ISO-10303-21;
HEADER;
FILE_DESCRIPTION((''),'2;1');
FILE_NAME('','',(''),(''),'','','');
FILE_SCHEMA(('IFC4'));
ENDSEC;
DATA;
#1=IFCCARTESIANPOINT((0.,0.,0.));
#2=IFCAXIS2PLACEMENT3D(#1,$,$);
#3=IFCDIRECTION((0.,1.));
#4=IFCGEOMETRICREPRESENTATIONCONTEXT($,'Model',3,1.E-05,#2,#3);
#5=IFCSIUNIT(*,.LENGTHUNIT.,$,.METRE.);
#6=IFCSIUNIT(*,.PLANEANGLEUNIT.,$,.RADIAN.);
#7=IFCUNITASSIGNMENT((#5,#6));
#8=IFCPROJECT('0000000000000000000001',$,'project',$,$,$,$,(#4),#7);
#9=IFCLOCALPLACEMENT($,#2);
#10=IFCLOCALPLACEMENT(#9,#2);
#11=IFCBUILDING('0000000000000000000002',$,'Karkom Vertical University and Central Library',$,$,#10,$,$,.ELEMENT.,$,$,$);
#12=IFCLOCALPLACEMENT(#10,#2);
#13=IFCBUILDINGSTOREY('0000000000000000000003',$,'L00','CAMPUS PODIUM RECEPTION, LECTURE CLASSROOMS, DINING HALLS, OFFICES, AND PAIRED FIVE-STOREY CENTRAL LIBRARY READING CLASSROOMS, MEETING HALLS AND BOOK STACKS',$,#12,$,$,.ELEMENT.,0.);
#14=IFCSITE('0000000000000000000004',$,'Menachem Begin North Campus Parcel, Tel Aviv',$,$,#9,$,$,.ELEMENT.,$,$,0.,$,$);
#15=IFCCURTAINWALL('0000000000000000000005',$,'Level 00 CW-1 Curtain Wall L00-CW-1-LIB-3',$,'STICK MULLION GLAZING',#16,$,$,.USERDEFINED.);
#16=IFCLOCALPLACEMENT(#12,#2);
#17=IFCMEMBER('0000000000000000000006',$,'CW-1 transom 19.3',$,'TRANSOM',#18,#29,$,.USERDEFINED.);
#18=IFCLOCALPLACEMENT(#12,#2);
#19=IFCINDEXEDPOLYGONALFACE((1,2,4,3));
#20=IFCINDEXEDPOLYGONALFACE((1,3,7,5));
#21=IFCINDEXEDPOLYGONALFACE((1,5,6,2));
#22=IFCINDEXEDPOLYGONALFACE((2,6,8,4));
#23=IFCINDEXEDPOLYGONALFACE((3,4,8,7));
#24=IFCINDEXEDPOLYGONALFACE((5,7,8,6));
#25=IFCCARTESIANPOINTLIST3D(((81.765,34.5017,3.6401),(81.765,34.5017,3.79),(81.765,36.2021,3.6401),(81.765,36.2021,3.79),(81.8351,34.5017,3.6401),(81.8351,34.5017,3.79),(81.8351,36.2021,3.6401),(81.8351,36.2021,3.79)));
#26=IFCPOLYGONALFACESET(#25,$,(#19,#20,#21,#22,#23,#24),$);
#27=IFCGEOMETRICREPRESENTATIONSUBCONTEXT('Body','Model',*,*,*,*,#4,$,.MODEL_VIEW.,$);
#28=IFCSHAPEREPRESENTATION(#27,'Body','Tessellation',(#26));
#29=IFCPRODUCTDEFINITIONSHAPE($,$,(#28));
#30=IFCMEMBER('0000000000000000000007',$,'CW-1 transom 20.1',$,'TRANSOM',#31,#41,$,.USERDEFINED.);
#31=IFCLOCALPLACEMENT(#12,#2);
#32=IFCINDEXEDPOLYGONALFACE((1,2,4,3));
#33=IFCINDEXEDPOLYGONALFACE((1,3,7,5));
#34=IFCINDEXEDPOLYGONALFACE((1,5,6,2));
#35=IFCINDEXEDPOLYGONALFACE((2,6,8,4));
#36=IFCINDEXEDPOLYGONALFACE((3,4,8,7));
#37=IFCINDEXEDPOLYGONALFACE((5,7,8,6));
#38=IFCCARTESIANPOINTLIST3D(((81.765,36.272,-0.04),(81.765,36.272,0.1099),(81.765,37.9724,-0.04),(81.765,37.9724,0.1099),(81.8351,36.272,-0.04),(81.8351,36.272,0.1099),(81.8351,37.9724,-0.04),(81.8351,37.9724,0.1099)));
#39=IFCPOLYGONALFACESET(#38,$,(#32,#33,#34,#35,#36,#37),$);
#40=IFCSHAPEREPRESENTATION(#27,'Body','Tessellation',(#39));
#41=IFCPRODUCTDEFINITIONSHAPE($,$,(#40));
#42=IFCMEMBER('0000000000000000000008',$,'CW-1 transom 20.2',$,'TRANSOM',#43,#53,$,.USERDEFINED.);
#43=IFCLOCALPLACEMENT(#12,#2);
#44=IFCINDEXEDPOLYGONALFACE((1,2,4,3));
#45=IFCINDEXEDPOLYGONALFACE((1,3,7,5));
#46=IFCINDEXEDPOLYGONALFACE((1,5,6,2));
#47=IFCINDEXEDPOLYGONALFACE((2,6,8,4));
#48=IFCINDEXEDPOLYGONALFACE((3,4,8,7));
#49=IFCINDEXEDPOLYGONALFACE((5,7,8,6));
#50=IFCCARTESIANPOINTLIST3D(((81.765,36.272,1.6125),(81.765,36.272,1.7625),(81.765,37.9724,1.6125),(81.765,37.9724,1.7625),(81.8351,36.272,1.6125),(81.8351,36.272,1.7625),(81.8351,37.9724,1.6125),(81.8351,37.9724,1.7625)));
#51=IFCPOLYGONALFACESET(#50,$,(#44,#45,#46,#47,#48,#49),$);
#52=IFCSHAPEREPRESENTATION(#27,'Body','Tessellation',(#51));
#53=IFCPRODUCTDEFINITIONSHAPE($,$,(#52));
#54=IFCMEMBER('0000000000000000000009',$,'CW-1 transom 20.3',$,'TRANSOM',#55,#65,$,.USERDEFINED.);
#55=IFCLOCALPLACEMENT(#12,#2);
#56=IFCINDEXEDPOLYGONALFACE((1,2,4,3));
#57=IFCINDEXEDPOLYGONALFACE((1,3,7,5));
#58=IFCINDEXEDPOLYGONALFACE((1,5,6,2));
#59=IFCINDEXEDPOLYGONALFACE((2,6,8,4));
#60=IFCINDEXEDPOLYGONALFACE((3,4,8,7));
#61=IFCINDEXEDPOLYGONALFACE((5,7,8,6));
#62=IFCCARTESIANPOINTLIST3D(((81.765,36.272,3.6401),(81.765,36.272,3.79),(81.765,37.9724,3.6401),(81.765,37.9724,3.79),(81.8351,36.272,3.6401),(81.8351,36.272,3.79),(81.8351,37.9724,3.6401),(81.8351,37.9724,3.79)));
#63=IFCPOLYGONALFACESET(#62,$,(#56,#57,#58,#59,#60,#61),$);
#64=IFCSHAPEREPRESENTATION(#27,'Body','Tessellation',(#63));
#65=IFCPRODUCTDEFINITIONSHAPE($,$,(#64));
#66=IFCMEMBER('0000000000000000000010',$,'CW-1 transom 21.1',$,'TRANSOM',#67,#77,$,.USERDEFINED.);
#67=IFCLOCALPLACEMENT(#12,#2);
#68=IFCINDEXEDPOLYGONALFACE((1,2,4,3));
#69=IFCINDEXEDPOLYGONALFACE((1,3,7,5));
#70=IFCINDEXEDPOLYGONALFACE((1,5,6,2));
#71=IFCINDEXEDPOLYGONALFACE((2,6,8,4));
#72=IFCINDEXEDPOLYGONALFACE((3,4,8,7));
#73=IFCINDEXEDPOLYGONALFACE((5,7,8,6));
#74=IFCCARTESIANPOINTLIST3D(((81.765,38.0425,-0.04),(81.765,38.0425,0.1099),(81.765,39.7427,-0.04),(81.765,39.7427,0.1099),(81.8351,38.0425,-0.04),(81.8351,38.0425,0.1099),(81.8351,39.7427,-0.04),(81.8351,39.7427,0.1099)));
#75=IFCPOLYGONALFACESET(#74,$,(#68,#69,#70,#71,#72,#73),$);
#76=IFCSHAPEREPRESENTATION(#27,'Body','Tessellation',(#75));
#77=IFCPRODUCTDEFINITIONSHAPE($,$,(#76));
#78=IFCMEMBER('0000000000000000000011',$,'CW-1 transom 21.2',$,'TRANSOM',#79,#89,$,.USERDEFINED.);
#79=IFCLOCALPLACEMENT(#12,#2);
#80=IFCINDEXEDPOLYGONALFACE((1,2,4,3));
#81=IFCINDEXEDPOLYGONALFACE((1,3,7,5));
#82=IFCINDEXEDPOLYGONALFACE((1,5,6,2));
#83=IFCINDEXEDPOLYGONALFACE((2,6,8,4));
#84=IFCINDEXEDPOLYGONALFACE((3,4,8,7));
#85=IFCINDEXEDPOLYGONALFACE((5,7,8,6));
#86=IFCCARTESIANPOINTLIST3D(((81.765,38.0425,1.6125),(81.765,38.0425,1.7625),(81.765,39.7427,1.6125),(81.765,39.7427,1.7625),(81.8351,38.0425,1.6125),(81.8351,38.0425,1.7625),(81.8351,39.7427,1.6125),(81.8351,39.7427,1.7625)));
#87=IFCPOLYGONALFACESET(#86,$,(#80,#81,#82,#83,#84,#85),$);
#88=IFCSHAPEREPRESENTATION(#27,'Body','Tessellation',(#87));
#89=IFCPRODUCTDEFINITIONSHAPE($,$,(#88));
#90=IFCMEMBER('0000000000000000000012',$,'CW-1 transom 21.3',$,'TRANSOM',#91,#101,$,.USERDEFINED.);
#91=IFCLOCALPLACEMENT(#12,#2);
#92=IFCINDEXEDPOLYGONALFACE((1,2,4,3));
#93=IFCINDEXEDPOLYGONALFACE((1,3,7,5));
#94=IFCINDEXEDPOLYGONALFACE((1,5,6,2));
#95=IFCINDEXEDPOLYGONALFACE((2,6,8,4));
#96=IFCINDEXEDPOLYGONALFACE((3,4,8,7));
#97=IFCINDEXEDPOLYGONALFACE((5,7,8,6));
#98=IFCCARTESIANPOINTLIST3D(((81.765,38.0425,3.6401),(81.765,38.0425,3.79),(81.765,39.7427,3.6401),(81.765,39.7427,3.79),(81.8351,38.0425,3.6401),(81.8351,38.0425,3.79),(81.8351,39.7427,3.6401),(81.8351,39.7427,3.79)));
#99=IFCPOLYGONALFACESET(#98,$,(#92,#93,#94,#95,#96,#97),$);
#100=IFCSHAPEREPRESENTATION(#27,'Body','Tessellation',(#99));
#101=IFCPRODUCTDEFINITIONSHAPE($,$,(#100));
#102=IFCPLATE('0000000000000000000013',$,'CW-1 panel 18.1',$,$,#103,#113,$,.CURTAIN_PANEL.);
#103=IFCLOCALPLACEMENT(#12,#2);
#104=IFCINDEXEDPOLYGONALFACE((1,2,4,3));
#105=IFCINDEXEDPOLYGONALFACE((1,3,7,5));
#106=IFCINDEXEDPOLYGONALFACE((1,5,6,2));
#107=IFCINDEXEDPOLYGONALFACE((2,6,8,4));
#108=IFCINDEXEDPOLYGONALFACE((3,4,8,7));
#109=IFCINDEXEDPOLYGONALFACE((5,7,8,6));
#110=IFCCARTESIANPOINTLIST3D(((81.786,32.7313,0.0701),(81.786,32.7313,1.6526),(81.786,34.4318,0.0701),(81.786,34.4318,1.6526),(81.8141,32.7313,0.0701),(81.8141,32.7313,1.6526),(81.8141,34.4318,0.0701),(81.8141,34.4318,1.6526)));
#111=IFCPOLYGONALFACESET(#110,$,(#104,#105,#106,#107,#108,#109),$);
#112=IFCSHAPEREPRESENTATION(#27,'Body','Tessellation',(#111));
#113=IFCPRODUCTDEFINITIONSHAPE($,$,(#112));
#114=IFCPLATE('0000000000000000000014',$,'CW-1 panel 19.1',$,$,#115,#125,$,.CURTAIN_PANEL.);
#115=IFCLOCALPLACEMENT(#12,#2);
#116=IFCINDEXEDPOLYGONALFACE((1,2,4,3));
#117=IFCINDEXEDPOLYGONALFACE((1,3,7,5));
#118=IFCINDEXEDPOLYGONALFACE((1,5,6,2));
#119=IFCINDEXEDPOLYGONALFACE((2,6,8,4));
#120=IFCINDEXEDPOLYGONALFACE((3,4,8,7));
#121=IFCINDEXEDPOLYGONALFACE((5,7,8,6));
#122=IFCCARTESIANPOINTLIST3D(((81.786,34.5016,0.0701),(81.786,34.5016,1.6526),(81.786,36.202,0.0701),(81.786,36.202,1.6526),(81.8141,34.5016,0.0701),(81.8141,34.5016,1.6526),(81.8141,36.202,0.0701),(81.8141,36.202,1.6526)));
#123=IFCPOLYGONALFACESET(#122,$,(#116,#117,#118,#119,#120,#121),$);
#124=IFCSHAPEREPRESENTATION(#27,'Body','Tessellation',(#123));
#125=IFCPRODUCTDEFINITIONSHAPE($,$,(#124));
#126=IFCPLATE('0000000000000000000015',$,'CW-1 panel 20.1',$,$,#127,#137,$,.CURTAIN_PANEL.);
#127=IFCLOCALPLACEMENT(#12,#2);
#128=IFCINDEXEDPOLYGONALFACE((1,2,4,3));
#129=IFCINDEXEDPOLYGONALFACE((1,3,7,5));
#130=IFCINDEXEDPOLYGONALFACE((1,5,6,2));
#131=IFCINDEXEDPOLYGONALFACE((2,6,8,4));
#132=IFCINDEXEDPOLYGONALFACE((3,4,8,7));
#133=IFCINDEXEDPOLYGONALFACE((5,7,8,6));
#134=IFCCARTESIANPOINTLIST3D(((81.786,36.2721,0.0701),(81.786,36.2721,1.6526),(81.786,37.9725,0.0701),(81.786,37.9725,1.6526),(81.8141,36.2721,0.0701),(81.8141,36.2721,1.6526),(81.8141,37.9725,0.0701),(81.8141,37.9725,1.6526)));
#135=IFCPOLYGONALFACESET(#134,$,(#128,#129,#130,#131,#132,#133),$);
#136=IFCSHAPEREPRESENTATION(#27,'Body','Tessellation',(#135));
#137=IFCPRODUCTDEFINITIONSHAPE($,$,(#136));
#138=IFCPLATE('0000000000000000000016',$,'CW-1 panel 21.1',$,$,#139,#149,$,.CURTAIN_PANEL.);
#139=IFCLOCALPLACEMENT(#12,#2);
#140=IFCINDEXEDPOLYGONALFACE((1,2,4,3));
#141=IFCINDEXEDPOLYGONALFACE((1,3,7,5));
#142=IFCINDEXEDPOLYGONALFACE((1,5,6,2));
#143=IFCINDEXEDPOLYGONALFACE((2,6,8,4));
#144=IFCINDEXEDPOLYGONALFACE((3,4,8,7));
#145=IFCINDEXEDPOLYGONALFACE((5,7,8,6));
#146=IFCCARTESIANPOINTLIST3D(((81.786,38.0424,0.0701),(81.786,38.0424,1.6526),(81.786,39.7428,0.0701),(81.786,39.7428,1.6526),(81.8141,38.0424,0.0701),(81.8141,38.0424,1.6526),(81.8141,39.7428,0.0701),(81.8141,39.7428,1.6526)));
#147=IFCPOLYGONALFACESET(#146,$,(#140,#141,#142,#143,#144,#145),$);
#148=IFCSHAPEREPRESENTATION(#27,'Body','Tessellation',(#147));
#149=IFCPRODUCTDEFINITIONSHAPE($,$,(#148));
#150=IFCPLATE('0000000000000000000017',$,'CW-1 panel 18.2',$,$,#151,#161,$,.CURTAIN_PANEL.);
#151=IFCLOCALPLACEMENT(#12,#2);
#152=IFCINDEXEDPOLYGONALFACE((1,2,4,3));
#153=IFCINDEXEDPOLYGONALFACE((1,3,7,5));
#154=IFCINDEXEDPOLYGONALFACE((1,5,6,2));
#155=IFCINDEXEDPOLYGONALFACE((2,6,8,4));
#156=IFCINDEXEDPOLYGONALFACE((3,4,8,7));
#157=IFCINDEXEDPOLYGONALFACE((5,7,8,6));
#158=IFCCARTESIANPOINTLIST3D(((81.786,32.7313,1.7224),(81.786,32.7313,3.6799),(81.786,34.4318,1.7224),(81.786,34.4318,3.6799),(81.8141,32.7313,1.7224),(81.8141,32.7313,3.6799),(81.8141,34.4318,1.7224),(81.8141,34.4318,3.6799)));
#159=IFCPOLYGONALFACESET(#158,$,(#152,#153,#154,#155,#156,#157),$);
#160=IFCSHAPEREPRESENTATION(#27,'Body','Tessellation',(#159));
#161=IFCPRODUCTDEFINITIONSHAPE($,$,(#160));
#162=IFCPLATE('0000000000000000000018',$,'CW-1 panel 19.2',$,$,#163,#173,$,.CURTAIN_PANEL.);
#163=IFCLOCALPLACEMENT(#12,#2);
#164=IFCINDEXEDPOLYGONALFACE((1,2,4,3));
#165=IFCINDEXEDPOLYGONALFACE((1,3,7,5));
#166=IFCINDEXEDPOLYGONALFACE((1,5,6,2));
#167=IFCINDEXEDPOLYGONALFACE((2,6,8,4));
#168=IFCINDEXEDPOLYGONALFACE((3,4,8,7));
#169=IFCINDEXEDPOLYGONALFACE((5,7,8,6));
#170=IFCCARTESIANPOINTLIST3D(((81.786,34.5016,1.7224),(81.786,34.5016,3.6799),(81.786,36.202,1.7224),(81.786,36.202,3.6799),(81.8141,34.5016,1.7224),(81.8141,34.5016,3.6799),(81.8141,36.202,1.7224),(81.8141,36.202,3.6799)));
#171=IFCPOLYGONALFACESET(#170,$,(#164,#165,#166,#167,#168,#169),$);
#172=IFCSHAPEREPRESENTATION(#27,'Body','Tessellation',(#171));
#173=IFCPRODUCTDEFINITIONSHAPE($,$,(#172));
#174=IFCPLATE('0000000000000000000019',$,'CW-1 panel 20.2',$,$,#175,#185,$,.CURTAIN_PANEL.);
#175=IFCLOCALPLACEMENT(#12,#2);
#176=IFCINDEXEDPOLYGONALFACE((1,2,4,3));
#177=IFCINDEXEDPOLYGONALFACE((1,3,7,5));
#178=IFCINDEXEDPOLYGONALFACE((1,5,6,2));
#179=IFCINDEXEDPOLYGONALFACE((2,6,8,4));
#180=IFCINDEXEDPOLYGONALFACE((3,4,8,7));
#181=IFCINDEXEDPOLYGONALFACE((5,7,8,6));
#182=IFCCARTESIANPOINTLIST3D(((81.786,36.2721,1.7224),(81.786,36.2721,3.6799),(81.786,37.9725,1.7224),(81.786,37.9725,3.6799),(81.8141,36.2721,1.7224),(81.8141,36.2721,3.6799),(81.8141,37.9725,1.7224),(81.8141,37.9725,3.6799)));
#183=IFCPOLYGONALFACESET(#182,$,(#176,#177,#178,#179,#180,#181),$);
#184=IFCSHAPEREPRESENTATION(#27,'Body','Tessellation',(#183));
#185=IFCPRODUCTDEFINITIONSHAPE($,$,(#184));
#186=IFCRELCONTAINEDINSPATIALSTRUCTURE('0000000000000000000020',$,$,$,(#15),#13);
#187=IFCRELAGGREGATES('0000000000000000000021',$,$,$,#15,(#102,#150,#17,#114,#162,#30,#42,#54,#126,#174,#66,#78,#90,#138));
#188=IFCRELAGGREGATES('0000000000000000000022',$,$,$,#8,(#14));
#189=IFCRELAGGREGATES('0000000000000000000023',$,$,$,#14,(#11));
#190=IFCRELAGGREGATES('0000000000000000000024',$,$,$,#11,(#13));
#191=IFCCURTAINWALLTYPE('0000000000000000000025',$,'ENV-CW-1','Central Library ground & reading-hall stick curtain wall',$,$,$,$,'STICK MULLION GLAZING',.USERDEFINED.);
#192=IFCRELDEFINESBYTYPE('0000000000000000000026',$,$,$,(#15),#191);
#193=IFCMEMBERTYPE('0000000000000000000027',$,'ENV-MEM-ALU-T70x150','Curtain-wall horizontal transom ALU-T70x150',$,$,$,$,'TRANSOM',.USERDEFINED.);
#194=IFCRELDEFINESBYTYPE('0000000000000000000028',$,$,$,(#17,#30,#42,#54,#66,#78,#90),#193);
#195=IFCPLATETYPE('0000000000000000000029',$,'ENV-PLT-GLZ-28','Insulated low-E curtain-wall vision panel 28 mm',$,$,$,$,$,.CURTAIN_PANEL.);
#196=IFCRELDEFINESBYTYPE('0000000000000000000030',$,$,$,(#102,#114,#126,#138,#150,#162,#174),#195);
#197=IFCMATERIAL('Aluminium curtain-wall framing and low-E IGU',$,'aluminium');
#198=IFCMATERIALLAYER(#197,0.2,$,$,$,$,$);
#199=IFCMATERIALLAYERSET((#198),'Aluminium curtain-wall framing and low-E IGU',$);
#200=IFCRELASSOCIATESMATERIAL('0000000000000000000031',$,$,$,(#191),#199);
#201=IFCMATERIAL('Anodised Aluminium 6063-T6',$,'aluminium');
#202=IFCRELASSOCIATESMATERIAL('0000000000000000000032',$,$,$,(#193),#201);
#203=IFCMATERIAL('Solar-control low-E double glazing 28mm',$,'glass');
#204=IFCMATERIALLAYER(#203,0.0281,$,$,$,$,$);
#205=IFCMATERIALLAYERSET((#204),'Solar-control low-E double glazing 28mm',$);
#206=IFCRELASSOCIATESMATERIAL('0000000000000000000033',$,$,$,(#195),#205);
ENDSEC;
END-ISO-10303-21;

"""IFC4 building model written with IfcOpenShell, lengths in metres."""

from ifc_helpers import new_model, si_unit, direction, frame, origin, origin_with_axes, origin_2d, place, context, subcontext, project, spatial, rectangle, extrude, source, transform, mapped, material, layer, layer_set, material_profile, profile_set, type_object, element, aggregate, save


model = new_model("IFC4")

# Units and contexts
model_context = context("Model", 3, precision=1e-05, world=origin(), true_north=direction((0.0, 1.0)))
body_context = subcontext(model_context, "Body", "Model", "MODEL_VIEW")
ifc_project = project(units=[si_unit("LENGTHUNIT", "METRE"), si_unit("PLANEANGLEUNIT", "RADIAN")], contexts=[model_context])

# Site, building, storey
site_placement = place(None, origin())
site = spatial("IfcSite", under=ifc_project, at=site_placement, Name="Menachem Begin North Campus Parcel, Tel Aviv", CompositionType="ELEMENT", RefElevation=0.0)
building_placement = place(site_placement, origin())
building = spatial("IfcBuilding", under=site, at=building_placement, Name="Karkom Vertical University and Central Library", CompositionType="ELEMENT")
storey_placement = place(building_placement, origin())
storey = spatial("IfcBuildingStorey", under=building, at=storey_placement, Name="L00", Description="CAMPUS PODIUM RECEPTION, LECTURE CLASSROOMS, DINING HALLS, OFFICES, AND PAIRED FIVE-STOREY CENTRAL LIBRARY READING CLASSROOMS, MEETING HALLS AND BOOK STACKS", CompositionType="ELEMENT", Elevation=0.0)

# Curtain wall, members, plates
ifc_material_1 = material(Name="Aluminium curtain-wall framing and low-E IGU", Category="aluminium")
ifc_layer_1 = layer(ifc_material_1, 0.2)
ifc_layer_set_1 = layer_set([ifc_layer_1], Name="Aluminium curtain-wall framing and low-E IGU")
curtain_wall_type = type_object("IfcCurtainWallType", Name="ENV-CW-1", Description="Central Library ground & reading-hall stick curtain wall", ElementType="STICK MULLION GLAZING", PredefinedType="USERDEFINED", material=ifc_layer_set_1)
curtain_wall_placement = place(storey_placement, origin())
curtain_wall = element("IfcCurtainWall", 1, at=curtain_wall_placement, inside=storey, type_object=curtain_wall_type, Name="Level 00 CW-1 Curtain Wall L00-CW-1-LIB-3", ObjectType="STICK MULLION GLAZING", PredefinedType="USERDEFINED")
ifc_material_2 = material(Name="Anodised Aluminium 6063-T6", Category="aluminium")
ifc_material_profile_1 = material_profile(ifc_material_2, rectangle(XDim=0.0701, YDim=0.1499, at=origin_2d()), Name="ALU-T70x150")
ifc_profile_set_1 = profile_set([ifc_material_profile_1], Name="Anodised Aluminium 6063-T6")
member_type_1 = type_object("IfcMemberType", Name="ENV-MEM-ALU-T70x150", Description="Curtain-wall horizontal transom ALU-T70x150", ElementType="TRANSOM", PredefinedType="USERDEFINED", material=ifc_profile_set_1)
shared_shape_1 = source(origin_with_axes(), body_context, "Body", "SweptSolid", [
    extrude(rectangle(XDim=0.0701, YDim=0.1499, at=origin_2d()), origin(), (0.0, 0.0, 1.0), 1.7004),
])
member_1_placement = place(storey_placement, frame((81.8, 34.5017, 3.7151), z_axis=(0.0, 1.0, 0.0), x_axis=(-1.0, 0.0, 0.0)))
member_1 = element("IfcMember", 2, at=member_1_placement, type_object=member_type_1, Name="CW-1 transom 19.3", ObjectType="TRANSOM", PredefinedType="USERDEFINED", context=body_context, shape_type="MappedRepresentation", body=[
    mapped(shared_shape_1, transform((0.0, 0.0, 0.0), scale=1.0)),
])
member_2_placement = place(storey_placement, frame((81.8, 36.272, 0.0349), z_axis=(0.0, 1.0, 0.0), x_axis=(-1.0, 0.0, 0.0)))
member_2 = element("IfcMember", 3, at=member_2_placement, type_object=member_type_1, Name="CW-1 transom 20.1", ObjectType="TRANSOM", PredefinedType="USERDEFINED", context=body_context, shape_type="MappedRepresentation", body=[
    mapped(shared_shape_1, transform((0.0, 0.0, 0.0), scale=1.0)),
])
member_3_placement = place(storey_placement, frame((81.8, 36.272, 1.6875), z_axis=(0.0, 1.0, 0.0), x_axis=(-1.0, 0.0, 0.0)))
member_3 = element("IfcMember", 4, at=member_3_placement, type_object=member_type_1, Name="CW-1 transom 20.2", ObjectType="TRANSOM", PredefinedType="USERDEFINED", context=body_context, shape_type="MappedRepresentation", body=[
    mapped(shared_shape_1, transform((0.0, 0.0, 0.0), scale=1.0)),
])
member_4_placement = place(storey_placement, frame((81.8, 36.272, 3.7151), z_axis=(0.0, 1.0, 0.0), x_axis=(-1.0, 0.0, 0.0)))
member_4 = element("IfcMember", 5, at=member_4_placement, type_object=member_type_1, Name="CW-1 transom 20.3", ObjectType="TRANSOM", PredefinedType="USERDEFINED", context=body_context, shape_type="MappedRepresentation", body=[
    mapped(shared_shape_1, transform((0.0, 0.0, 0.0), scale=1.0)),
])
shared_shape_2 = source(origin_with_axes(), body_context, "Body", "SweptSolid", [
    extrude(rectangle(XDim=0.0701, YDim=0.1499, at=origin_2d()), origin(), (0.0, 0.0, 1.0), 1.7002),
])
member_5_placement = place(storey_placement, frame((81.8, 38.0425, 0.0349), z_axis=(0.0, 1.0, 0.0), x_axis=(-1.0, 0.0, 0.0)))
member_5 = element("IfcMember", 6, at=member_5_placement, type_object=member_type_1, Name="CW-1 transom 21.1", ObjectType="TRANSOM", PredefinedType="USERDEFINED", context=body_context, shape_type="MappedRepresentation", body=[
    mapped(shared_shape_2, transform((0.0, 0.0, 0.0), scale=1.0)),
])
member_6_placement = place(storey_placement, frame((81.8, 38.0425, 1.6875), z_axis=(0.0, 1.0, 0.0), x_axis=(-1.0, 0.0, 0.0)))
member_6 = element("IfcMember", 7, at=member_6_placement, type_object=member_type_1, Name="CW-1 transom 21.2", ObjectType="TRANSOM", PredefinedType="USERDEFINED", context=body_context, shape_type="MappedRepresentation", body=[
    mapped(shared_shape_2, transform((0.0, 0.0, 0.0), scale=1.0)),
])
member_7_placement = place(storey_placement, frame((81.8, 38.0425, 3.7151), z_axis=(0.0, 1.0, 0.0), x_axis=(-1.0, 0.0, 0.0)))
member_7 = element("IfcMember", 8, at=member_7_placement, type_object=member_type_1, Name="CW-1 transom 21.3", ObjectType="TRANSOM", PredefinedType="USERDEFINED", context=body_context, shape_type="MappedRepresentation", body=[
    mapped(shared_shape_2, transform((0.0, 0.0, 0.0), scale=1.0)),
])
ifc_material_3 = material(Name="Solar-control low-E double glazing 28mm", Category="glass")
ifc_layer_2 = layer(ifc_material_3, 0.0281)
ifc_layer_set_2 = layer_set([ifc_layer_2], Name="Solar-control low-E double glazing 28mm")
plate_type = type_object("IfcPlateType", Name="ENV-PLT-GLZ-28", Description="Insulated low-E curtain-wall vision panel 28 mm", PredefinedType="CURTAIN_PANEL", material=ifc_layer_set_2)
shared_shape_3 = source(origin_with_axes(), body_context, "Body", "SweptSolid", [
    extrude(rectangle(XDim=1.7004, YDim=0.0281, at=origin_2d()), origin(), (0.0, 0.0, 1.0), 1.5825),
])
plate_1_placement = place(storey_placement, frame((81.8, 33.5815, 0.0701), z_axis=(0.0, 0.0, 1.0), x_axis=(0.0, 1.0, 0.0)))
plate_1 = element("IfcPlate", 9, at=plate_1_placement, type_object=plate_type, Name="CW-1 panel 18.1", PredefinedType="CURTAIN_PANEL", context=body_context, shape_type="MappedRepresentation", body=[
    mapped(shared_shape_3, transform((0.0, 0.0, 0.0), scale=1.0)),
])
plate_2_placement = place(storey_placement, frame((81.8, 35.3518, 0.0701), z_axis=(0.0, 0.0, 1.0), x_axis=(0.0, 1.0, 0.0)))
plate_2 = element("IfcPlate", 10, at=plate_2_placement, type_object=plate_type, Name="CW-1 panel 19.1", PredefinedType="CURTAIN_PANEL", context=body_context, shape_type="MappedRepresentation", body=[
    mapped(shared_shape_3, transform((0.0, 0.0, 0.0), scale=1.0)),
])
plate_3_placement = place(storey_placement, frame((81.8, 37.1223, 0.0701), z_axis=(0.0, 0.0, 1.0), x_axis=(0.0, 1.0, 0.0)))
plate_3 = element("IfcPlate", 11, at=plate_3_placement, type_object=plate_type, Name="CW-1 panel 20.1", PredefinedType="CURTAIN_PANEL", context=body_context, shape_type="MappedRepresentation", body=[
    mapped(shared_shape_3, transform((0.0, 0.0, 0.0), scale=1.0)),
])
plate_4_placement = place(storey_placement, frame((81.8, 38.8926, 0.0701), z_axis=(0.0, 0.0, 1.0), x_axis=(0.0, 1.0, 0.0)))
plate_4 = element("IfcPlate", 12, at=plate_4_placement, type_object=plate_type, Name="CW-1 panel 21.1", PredefinedType="CURTAIN_PANEL", context=body_context, shape_type="MappedRepresentation", body=[
    mapped(shared_shape_3, transform((0.0, 0.0, 0.0), scale=1.0)),
])
shared_shape_4 = source(origin_with_axes(), body_context, "Body", "SweptSolid", [
    extrude(rectangle(XDim=1.7004, YDim=0.0281, at=origin_2d()), origin(), (0.0, 0.0, 1.0), 1.9575),
])
plate_5_placement = place(storey_placement, frame((81.8, 33.5815, 1.7224), z_axis=(0.0, 0.0, 1.0), x_axis=(0.0, 1.0, 0.0)))
plate_5 = element("IfcPlate", 13, at=plate_5_placement, type_object=plate_type, Name="CW-1 panel 18.2", PredefinedType="CURTAIN_PANEL", context=body_context, shape_type="MappedRepresentation", body=[
    mapped(shared_shape_4, transform((0.0, 0.0, 0.0), scale=1.0)),
])
plate_6_placement = place(storey_placement, frame((81.8, 35.3518, 1.7224), z_axis=(0.0, 0.0, 1.0), x_axis=(0.0, 1.0, 0.0)))
plate_6 = element("IfcPlate", 14, at=plate_6_placement, type_object=plate_type, Name="CW-1 panel 19.2", PredefinedType="CURTAIN_PANEL", context=body_context, shape_type="MappedRepresentation", body=[
    mapped(shared_shape_4, transform((0.0, 0.0, 0.0), scale=1.0)),
])
plate_7_placement = place(storey_placement, frame((81.8, 37.1223, 1.7224), z_axis=(0.0, 0.0, 1.0), x_axis=(0.0, 1.0, 0.0)))
plate_7 = element("IfcPlate", 15, at=plate_7_placement, type_object=plate_type, Name="CW-1 panel 20.2", PredefinedType="CURTAIN_PANEL", context=body_context, shape_type="MappedRepresentation", body=[
    mapped(shared_shape_4, transform((0.0, 0.0, 0.0), scale=1.0)),
])
aggregate(curtain_wall, [plate_1, plate_5, member_1, plate_2, plate_6, member_2, member_3, member_4, plate_3, plate_7, member_5, member_6, member_7, plate_4])

save(model, "model.ifc")
